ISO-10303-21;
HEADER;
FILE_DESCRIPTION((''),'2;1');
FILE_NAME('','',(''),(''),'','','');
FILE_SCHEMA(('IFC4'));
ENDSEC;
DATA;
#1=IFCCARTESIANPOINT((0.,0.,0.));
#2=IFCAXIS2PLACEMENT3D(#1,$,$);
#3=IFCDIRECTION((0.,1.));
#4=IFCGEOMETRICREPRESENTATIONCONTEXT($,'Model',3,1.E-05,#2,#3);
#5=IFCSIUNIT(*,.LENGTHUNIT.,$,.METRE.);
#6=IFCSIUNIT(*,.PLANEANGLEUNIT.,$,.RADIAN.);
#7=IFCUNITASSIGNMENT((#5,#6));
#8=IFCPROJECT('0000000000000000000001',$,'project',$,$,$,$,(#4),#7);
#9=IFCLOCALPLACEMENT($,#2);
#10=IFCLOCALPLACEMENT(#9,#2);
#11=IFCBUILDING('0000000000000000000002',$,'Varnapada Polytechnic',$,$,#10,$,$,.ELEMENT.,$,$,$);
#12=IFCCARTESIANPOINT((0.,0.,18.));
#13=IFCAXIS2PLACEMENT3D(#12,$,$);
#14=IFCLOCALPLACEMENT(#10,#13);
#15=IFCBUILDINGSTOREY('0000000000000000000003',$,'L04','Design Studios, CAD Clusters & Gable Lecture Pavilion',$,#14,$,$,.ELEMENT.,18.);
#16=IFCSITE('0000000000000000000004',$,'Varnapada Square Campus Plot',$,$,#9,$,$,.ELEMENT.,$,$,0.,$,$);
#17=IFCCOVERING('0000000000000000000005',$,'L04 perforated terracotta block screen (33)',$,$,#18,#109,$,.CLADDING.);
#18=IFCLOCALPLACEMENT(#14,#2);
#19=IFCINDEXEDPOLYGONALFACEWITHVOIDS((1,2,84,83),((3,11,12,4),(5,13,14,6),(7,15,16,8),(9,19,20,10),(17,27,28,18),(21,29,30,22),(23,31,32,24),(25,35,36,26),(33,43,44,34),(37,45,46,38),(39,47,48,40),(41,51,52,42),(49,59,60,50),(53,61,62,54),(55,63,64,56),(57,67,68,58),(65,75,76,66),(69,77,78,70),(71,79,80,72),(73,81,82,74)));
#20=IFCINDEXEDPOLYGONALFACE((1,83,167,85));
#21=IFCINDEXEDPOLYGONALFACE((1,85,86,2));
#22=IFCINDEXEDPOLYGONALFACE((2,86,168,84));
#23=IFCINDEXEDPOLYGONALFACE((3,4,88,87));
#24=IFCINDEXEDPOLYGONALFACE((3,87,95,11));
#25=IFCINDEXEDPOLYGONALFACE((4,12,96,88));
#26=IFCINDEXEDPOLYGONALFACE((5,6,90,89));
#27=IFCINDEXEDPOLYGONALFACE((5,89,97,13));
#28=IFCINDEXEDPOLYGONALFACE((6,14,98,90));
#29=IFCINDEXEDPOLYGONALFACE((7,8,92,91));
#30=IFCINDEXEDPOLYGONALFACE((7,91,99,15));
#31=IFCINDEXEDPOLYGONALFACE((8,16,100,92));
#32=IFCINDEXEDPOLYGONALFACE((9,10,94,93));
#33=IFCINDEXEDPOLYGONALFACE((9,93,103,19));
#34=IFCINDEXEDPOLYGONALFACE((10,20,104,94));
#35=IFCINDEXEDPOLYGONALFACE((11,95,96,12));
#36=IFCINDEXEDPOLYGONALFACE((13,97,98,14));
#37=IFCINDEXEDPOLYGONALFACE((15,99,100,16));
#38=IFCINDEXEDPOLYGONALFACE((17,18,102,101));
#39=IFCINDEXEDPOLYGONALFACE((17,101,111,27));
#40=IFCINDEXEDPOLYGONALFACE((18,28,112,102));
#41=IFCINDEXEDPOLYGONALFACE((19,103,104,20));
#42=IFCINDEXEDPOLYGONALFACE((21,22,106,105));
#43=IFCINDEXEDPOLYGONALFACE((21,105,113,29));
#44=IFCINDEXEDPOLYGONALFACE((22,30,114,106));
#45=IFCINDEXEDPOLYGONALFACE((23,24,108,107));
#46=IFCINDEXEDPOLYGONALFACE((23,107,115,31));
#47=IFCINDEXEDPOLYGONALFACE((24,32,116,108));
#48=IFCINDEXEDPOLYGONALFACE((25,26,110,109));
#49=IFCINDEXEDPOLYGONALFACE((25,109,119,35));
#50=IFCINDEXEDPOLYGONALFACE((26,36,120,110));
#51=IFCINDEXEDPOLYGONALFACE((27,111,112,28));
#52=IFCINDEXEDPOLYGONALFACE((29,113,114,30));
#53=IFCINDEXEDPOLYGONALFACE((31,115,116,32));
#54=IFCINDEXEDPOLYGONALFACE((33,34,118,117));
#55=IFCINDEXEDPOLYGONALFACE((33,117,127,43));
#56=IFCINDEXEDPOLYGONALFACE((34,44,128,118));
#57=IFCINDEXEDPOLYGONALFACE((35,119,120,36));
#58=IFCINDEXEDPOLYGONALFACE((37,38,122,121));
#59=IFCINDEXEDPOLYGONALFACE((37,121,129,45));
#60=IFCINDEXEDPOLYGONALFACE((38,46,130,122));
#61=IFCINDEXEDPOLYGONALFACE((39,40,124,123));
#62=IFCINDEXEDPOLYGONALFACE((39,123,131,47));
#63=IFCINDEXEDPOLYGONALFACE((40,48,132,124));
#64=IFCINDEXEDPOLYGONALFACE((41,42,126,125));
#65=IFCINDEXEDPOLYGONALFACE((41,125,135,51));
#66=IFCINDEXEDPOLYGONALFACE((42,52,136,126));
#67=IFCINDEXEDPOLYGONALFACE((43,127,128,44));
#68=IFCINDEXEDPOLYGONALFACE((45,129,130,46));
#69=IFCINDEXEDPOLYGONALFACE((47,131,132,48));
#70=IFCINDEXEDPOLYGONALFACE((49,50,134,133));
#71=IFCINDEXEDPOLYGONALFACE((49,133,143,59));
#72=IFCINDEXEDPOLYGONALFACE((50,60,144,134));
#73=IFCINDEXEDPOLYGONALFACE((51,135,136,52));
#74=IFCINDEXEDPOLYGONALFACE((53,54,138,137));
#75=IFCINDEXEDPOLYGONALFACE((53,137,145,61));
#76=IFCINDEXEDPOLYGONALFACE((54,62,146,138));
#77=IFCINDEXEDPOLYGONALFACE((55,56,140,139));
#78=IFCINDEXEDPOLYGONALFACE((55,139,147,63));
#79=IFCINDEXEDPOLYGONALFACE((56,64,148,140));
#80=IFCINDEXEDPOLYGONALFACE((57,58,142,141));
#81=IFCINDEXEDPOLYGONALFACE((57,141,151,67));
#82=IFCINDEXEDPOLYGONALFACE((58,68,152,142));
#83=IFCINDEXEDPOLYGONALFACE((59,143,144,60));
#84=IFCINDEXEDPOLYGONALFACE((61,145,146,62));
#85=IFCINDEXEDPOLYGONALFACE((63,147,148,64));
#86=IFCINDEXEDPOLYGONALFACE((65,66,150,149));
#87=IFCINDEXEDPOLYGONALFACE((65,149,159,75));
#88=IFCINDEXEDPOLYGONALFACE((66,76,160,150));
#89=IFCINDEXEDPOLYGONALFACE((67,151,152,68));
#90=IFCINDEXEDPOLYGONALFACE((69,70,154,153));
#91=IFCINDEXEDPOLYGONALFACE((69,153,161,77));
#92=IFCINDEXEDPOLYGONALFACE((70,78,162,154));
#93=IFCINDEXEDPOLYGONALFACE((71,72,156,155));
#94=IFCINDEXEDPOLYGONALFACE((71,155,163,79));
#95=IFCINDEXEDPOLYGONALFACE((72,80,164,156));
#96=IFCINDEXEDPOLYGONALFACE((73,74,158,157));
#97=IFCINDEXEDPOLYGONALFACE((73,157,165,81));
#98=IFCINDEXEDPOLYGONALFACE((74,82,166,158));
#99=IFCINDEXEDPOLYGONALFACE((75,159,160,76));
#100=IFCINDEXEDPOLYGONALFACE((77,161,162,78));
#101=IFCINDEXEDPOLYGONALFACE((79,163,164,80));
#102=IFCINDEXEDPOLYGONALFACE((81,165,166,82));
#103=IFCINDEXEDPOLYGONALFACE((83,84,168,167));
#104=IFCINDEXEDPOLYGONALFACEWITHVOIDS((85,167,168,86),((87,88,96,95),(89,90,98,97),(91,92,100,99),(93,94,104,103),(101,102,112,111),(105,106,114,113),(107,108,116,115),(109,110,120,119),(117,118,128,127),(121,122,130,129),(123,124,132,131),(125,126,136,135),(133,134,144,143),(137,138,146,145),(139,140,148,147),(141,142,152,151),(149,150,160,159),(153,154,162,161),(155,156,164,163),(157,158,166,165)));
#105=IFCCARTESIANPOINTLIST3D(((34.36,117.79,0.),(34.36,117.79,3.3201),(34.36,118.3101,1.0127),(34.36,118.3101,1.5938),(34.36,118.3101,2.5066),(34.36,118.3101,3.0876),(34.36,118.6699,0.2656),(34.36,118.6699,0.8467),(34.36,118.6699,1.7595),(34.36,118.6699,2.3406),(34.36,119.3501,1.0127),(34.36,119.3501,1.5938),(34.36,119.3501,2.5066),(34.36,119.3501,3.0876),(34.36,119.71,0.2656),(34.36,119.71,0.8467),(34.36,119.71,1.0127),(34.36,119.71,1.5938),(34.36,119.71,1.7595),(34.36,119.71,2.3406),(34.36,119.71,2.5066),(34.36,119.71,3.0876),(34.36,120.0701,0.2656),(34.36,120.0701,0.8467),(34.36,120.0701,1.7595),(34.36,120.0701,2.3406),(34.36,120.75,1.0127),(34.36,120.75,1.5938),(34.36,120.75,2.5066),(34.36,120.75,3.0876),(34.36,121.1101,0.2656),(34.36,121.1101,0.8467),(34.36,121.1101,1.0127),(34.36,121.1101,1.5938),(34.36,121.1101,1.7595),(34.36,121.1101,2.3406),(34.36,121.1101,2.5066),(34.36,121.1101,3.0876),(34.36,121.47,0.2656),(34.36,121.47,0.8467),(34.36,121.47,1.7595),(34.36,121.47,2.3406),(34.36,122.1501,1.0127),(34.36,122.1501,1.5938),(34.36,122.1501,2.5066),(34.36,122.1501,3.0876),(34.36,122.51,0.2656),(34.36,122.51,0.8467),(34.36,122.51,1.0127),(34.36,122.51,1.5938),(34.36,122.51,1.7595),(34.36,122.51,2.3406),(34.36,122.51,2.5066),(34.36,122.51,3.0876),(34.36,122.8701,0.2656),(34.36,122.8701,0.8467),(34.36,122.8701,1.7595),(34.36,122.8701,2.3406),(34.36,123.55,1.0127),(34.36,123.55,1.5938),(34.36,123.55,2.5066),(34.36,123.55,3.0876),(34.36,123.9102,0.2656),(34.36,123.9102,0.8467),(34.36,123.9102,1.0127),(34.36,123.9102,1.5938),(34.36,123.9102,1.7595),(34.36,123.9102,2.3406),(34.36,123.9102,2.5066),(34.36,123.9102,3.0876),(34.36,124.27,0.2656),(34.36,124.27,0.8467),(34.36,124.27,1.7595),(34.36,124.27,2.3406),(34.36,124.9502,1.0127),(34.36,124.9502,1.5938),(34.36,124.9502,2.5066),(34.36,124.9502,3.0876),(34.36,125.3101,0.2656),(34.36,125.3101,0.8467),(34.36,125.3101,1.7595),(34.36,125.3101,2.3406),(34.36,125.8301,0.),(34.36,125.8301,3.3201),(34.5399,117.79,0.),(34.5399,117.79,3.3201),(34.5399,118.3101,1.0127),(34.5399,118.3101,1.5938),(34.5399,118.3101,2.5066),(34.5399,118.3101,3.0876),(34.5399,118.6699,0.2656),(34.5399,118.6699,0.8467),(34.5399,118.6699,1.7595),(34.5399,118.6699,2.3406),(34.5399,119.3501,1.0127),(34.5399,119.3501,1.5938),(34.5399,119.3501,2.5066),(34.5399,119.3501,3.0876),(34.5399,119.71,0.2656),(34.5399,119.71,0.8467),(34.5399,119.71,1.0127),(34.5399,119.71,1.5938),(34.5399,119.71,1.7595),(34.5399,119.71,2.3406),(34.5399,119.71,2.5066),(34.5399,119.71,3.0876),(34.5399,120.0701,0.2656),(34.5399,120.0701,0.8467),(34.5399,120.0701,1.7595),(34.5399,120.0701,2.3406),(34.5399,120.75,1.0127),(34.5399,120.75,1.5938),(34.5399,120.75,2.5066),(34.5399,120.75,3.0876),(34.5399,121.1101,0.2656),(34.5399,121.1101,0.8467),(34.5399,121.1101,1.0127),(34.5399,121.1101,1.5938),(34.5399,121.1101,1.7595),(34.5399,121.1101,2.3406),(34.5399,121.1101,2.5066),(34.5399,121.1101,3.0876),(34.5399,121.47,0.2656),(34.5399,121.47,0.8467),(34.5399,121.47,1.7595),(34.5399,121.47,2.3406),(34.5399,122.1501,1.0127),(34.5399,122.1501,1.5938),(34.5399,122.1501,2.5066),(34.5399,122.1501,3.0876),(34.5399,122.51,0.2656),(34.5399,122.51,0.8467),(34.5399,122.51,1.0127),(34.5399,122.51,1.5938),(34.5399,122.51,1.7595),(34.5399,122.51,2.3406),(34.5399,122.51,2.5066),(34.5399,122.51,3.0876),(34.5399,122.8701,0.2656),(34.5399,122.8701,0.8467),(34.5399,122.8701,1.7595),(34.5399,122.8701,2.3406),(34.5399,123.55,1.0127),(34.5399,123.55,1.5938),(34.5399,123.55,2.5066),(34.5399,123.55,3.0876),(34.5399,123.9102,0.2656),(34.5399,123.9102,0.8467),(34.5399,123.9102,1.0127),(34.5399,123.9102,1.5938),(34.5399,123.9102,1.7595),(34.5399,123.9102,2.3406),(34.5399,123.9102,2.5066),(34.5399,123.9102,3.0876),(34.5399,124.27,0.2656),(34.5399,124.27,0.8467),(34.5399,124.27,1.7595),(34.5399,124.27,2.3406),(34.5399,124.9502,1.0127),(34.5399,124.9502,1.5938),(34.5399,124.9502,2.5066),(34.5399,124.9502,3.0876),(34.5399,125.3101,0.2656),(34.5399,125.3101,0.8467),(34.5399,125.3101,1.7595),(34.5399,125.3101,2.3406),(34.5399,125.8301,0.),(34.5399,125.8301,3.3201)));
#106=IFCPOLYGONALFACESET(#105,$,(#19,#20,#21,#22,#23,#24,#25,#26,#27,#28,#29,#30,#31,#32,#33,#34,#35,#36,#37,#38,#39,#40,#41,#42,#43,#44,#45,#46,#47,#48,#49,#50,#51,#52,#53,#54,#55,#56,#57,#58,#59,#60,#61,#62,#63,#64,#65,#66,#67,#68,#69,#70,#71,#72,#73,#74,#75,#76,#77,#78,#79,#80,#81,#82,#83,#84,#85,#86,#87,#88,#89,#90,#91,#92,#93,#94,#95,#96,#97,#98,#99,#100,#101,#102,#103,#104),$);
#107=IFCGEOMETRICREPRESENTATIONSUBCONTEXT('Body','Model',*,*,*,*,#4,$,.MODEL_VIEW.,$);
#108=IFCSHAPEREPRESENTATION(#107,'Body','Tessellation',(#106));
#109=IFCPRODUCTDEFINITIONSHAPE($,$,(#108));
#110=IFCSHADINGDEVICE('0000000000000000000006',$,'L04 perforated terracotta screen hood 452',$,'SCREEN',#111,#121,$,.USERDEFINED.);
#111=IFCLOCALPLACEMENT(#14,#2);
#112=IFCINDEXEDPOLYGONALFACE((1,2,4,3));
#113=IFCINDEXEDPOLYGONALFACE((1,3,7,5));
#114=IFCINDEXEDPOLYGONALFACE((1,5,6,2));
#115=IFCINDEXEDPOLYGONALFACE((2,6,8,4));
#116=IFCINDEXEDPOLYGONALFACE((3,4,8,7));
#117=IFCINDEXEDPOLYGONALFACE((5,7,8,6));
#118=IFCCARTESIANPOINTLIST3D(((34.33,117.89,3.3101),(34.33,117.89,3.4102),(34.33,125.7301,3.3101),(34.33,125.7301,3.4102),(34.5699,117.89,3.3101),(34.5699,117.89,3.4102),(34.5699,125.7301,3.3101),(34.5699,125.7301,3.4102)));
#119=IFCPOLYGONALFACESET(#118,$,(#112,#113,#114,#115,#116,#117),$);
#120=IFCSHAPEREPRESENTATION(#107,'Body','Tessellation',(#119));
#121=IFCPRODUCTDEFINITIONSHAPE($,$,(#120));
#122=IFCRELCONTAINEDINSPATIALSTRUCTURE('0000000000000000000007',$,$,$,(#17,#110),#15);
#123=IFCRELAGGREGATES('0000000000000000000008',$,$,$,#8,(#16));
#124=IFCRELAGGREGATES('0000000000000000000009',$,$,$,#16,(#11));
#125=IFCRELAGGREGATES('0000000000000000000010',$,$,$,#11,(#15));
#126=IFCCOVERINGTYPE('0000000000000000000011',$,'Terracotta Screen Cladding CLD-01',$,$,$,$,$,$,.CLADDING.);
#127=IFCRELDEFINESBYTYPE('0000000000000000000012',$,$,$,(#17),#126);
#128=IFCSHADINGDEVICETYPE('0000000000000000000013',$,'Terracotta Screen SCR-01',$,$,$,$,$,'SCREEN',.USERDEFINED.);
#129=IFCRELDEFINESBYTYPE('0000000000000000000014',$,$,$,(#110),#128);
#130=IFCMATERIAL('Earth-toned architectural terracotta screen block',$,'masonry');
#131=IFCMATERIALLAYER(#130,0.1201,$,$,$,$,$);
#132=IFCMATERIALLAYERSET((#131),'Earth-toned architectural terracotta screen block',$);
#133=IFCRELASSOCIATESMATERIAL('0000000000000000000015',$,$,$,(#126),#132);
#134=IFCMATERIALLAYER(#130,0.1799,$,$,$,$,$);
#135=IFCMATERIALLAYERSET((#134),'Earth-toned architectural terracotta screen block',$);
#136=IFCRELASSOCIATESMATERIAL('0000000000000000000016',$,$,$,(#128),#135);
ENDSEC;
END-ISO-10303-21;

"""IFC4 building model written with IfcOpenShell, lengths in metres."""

from ifc_helpers import new_model, si_unit, direction, frame, frame_2d, origin, origin_2d, place, context, subcontext, project, spatial, rectangle, extrude, material, layer, layer_set, type_object, element, save


model = new_model("IFC4")

# Units and contexts
model_context = context("Model", 3, precision=1e-05, world=origin(), true_north=direction((0.0, 1.0)))
body_context = subcontext(model_context, "Body", "Model", "MODEL_VIEW")
ifc_project = project(units=[si_unit("LENGTHUNIT", "METRE"), si_unit("PLANEANGLEUNIT", "RADIAN")], contexts=[model_context])

# Site, building, storey
site_placement = place(None, origin())
site = spatial("IfcSite", under=ifc_project, at=site_placement, Name="Varnapada Square Campus Plot", CompositionType="ELEMENT", RefElevation=0.0)
building_placement = place(site_placement, origin())
building = spatial("IfcBuilding", under=site, at=building_placement, Name="Varnapada Polytechnic", CompositionType="ELEMENT")
storey_placement = place(building_placement, frame((0.0, 0.0, 18.0)))
storey = spatial("IfcBuildingStorey", under=building, at=storey_placement, Name="L04", Description="Design Studios, CAD Clusters & Gable Lecture Pavilion", CompositionType="ELEMENT", Elevation=18.0)

# Covering, openings
ifc_material_1 = material(Name="Earth-toned architectural terracotta screen block", Category="masonry")
ifc_layer_1 = layer(ifc_material_1, 0.1201)
ifc_layer_set_1 = layer_set([ifc_layer_1], Name="Earth-toned architectural terracotta screen block")
covering_type = type_object("IfcCoveringType", Name="Terracotta Screen Cladding CLD-01", PredefinedType="CLADDING", material=ifc_layer_set_1)
covering_placement = place(storey_placement, frame((34.45, 125.8301, 0.0), z_axis=(0.0, 0.0, 1.0), x_axis=(0.0, -1.0, 0.0)))
covering = element("IfcCovering", 1, at=covering_placement, inside=storey, type_object=covering_type, Name="L04 perforated terracotta block screen (33)", PredefinedType="CLADDING", context=body_context, shape_type="SweptSolid", body=[
    extrude(rectangle(XDim=8.04, YDim=0.1799, at=frame_2d((4.02, 0.0))), origin(), (0.0, 0.0, 1.0), 3.3201),
])
opening_1_placement = place(covering_placement, frame((0.52, 0.0, 0.2656)))
element("IfcOpeningElement", 2, at=opening_1_placement, cuts=covering, PredefinedType="OPENING", context=body_context, shape_type="SweptSolid", body=[
    extrude(rectangle(XDim=1.04, YDim=0.5811, at=frame_2d((0.52, 0.2905))), frame((0.0, 0.0999, 0.0), z_axis=(0.0, -1.0, 0.0), x_axis=(1.0, 0.0, 0.0)), (0.0, 0.0, 1.0), 0.2),
])
opening_2_placement = place(covering_placement, frame((1.9199, 0.0, 0.2656)))
element("IfcOpeningElement", 3, at=opening_2_placement, cuts=covering, PredefinedType="OPENING", context=body_context, shape_type="SweptSolid", body=[
    extrude(rectangle(XDim=1.04, YDim=0.5811, at=frame_2d((0.52, 0.2905))), frame((0.0, 0.0999, 0.0), z_axis=(0.0, -1.0, 0.0), x_axis=(1.0, 0.0, 0.0)), (0.0, 0.0, 1.0), 0.2),
])
opening_3_placement = place(covering_placement, frame((3.3201, 0.0, 0.2656)))
element("IfcOpeningElement", 4, at=opening_3_placement, cuts=covering, PredefinedType="OPENING", context=body_context, shape_type="SweptSolid", body=[
    extrude(rectangle(XDim=1.04, YDim=0.5811, at=frame_2d((0.52, 0.2905))), frame((0.0, 0.0999, 0.0), z_axis=(0.0, -1.0, 0.0), x_axis=(1.0, 0.0, 0.0)), (0.0, 0.0, 1.0), 0.2),
])
opening_4_placement = place(covering_placement, frame((4.72, 0.0, 0.2656)))
element("IfcOpeningElement", 5, at=opening_4_placement, cuts=covering, PredefinedType="OPENING", context=body_context, shape_type="SweptSolid", body=[
    extrude(rectangle(XDim=1.04, YDim=0.5811, at=frame_2d((0.52, 0.2905))), frame((0.0, 0.0999, 0.0), z_axis=(0.0, -1.0, 0.0), x_axis=(1.0, 0.0, 0.0)), (0.0, 0.0, 1.0), 0.2),
])
opening_5_placement = place(covering_placement, frame((6.1201, 0.0, 0.2656)))
element("IfcOpeningElement", 6, at=opening_5_placement, cuts=covering, PredefinedType="OPENING", context=body_context, shape_type="SweptSolid", body=[
    extrude(rectangle(XDim=1.04, YDim=0.5811, at=frame_2d((0.52, 0.2905))), frame((0.0, 0.0999, 0.0), z_axis=(0.0, -1.0, 0.0), x_axis=(1.0, 0.0, 0.0)), (0.0, 0.0, 1.0), 0.2),
])
opening_6_placement = place(covering_placement, frame((0.8799, 0.0, 1.0127)))
element("IfcOpeningElement", 7, at=opening_6_placement, cuts=covering, PredefinedType="OPENING", context=body_context, shape_type="SweptSolid", body=[
    extrude(rectangle(XDim=1.04, YDim=0.5811, at=frame_2d((0.52, 0.2905))), frame((0.0, 0.0999, 0.0), z_axis=(0.0, -1.0, 0.0), x_axis=(1.0, 0.0, 0.0)), (0.0, 0.0, 1.0), 0.2),
])
opening_7_placement = place(covering_placement, frame((2.28, 0.0, 1.0127)))
element("IfcOpeningElement", 8, at=opening_7_placement, cuts=covering, PredefinedType="OPENING", context=body_context, shape_type="SweptSolid", body=[
    extrude(rectangle(XDim=1.04, YDim=0.5811, at=frame_2d((0.52, 0.2905))), frame((0.0, 0.0999, 0.0), z_axis=(0.0, -1.0, 0.0), x_axis=(1.0, 0.0, 0.0)), (0.0, 0.0, 1.0), 0.2),
])
opening_8_placement = place(covering_placement, frame((3.6799, 0.0, 1.0127)))
element("IfcOpeningElement", 9, at=opening_8_placement, cuts=covering, PredefinedType="OPENING", context=body_context, shape_type="SweptSolid", body=[
    extrude(rectangle(XDim=1.04, YDim=0.5811, at=frame_2d((0.52, 0.2905))), frame((0.0, 0.0999, 0.0), z_axis=(0.0, -1.0, 0.0), x_axis=(1.0, 0.0, 0.0)), (0.0, 0.0, 1.0), 0.2),
])
opening_9_placement = place(covering_placement, frame((5.0801, 0.0, 1.0127)))
element("IfcOpeningElement", 10, at=opening_9_placement, cuts=covering, PredefinedType="OPENING", context=body_context, shape_type="SweptSolid", body=[
    extrude(rectangle(XDim=1.04, YDim=0.5811, at=frame_2d((0.52, 0.2905))), frame((0.0, 0.0999, 0.0), z_axis=(0.0, -1.0, 0.0), x_axis=(1.0, 0.0, 0.0)), (0.0, 0.0, 1.0), 0.2),
])
opening_10_placement = place(covering_placement, frame((6.48, 0.0, 1.0127)))
element("IfcOpeningElement", 11, at=opening_10_placement, cuts=covering, PredefinedType="OPENING", context=body_context, shape_type="SweptSolid", body=[
    extrude(rectangle(XDim=1.04, YDim=0.5811, at=frame_2d((0.52, 0.2905))), frame((0.0, 0.0999, 0.0), z_axis=(0.0, -1.0, 0.0), x_axis=(1.0, 0.0, 0.0)), (0.0, 0.0, 1.0), 0.2),
])
opening_11_placement = place(covering_placement, frame((0.52, 0.0, 1.7595)))
element("IfcOpeningElement", 12, at=opening_11_placement, cuts=covering, PredefinedType="OPENING", context=body_context, shape_type="SweptSolid", body=[
    extrude(rectangle(XDim=1.04, YDim=0.5811, at=frame_2d((0.52, 0.2905))), frame((0.0, 0.0999, 0.0), z_axis=(0.0, -1.0, 0.0), x_axis=(1.0, 0.0, 0.0)), (0.0, 0.0, 1.0), 0.2),
])
opening_12_placement = place(covering_placement, frame((1.9199, 0.0, 1.7595)))
element("IfcOpeningElement", 13, at=opening_12_placement, cuts=covering, PredefinedType="OPENING", context=body_context, shape_type="SweptSolid", body=[
    extrude(rectangle(XDim=1.04, YDim=0.5811, at=frame_2d((0.52, 0.2905))), frame((0.0, 0.0999, 0.0), z_axis=(0.0, -1.0, 0.0), x_axis=(1.0, 0.0, 0.0)), (0.0, 0.0, 1.0), 0.2),
])
opening_13_placement = place(covering_placement, frame((3.3201, 0.0, 1.7595)))
element("IfcOpeningElement", 14, at=opening_13_placement, cuts=covering, PredefinedType="OPENING", context=body_context, shape_type="SweptSolid", body=[
    extrude(rectangle(XDim=1.04, YDim=0.5811, at=frame_2d((0.52, 0.2905))), frame((0.0, 0.0999, 0.0), z_axis=(0.0, -1.0, 0.0), x_axis=(1.0, 0.0, 0.0)), (0.0, 0.0, 1.0), 0.2),
])
opening_14_placement = place(covering_placement, frame((4.72, 0.0, 1.7595)))
element("IfcOpeningElement", 15, at=opening_14_placement, cuts=covering, PredefinedType="OPENING", context=body_context, shape_type="SweptSolid", body=[
    extrude(rectangle(XDim=1.04, YDim=0.5811, at=frame_2d((0.52, 0.2905))), frame((0.0, 0.0999, 0.0), z_axis=(0.0, -1.0, 0.0), x_axis=(1.0, 0.0, 0.0)), (0.0, 0.0, 1.0), 0.2),
])
opening_15_placement = place(covering_placement, frame((6.1201, 0.0, 1.7595)))
element("IfcOpeningElement", 16, at=opening_15_placement, cuts=covering, PredefinedType="OPENING", context=body_context, shape_type="SweptSolid", body=[
    extrude(rectangle(XDim=1.04, YDim=0.5811, at=frame_2d((0.52, 0.2905))), frame((0.0, 0.0999, 0.0), z_axis=(0.0, -1.0, 0.0), x_axis=(1.0, 0.0, 0.0)), (0.0, 0.0, 1.0), 0.2),
])
opening_16_placement = place(covering_placement, frame((0.8799, 0.0, 2.5066)))
element("IfcOpeningElement", 17, at=opening_16_placement, cuts=covering, PredefinedType="OPENING", context=body_context, shape_type="SweptSolid", body=[
    extrude(rectangle(XDim=1.04, YDim=0.5811, at=frame_2d((0.52, 0.2905))), frame((0.0, 0.0999, 0.0), z_axis=(0.0, -1.0, 0.0), x_axis=(1.0, 0.0, 0.0)), (0.0, 0.0, 1.0), 0.2),
])
opening_17_placement = place(covering_placement, frame((2.28, 0.0, 2.5066)))
element("IfcOpeningElement", 18, at=opening_17_placement, cuts=covering, PredefinedType="OPENING", context=body_context, shape_type="SweptSolid", body=[
    extrude(rectangle(XDim=1.04, YDim=0.5811, at=frame_2d((0.52, 0.2905))), frame((0.0, 0.0999, 0.0), z_axis=(0.0, -1.0, 0.0), x_axis=(1.0, 0.0, 0.0)), (0.0, 0.0, 1.0), 0.2),
])
opening_18_placement = place(covering_placement, frame((3.6799, 0.0, 2.5066)))
element("IfcOpeningElement", 19, at=opening_18_placement, cuts=covering, PredefinedType="OPENING", context=body_context, shape_type="SweptSolid", body=[
    extrude(rectangle(XDim=1.04, YDim=0.5811, at=frame_2d((0.52, 0.2905))), frame((0.0, 0.0999, 0.0), z_axis=(0.0, -1.0, 0.0), x_axis=(1.0, 0.0, 0.0)), (0.0, 0.0, 1.0), 0.2),
])
opening_19_placement = place(covering_placement, frame((5.0801, 0.0, 2.5066)))
element("IfcOpeningElement", 20, at=opening_19_placement, cuts=covering, PredefinedType="OPENING", context=body_context, shape_type="SweptSolid", body=[
    extrude(rectangle(XDim=1.04, YDim=0.5811, at=frame_2d((0.52, 0.2905))), frame((0.0, 0.0999, 0.0), z_axis=(0.0, -1.0, 0.0), x_axis=(1.0, 0.0, 0.0)), (0.0, 0.0, 1.0), 0.2),
])
opening_20_placement = place(covering_placement, frame((6.48, 0.0, 2.5066)))
element("IfcOpeningElement", 21, at=opening_20_placement, cuts=covering, PredefinedType="OPENING", context=body_context, shape_type="SweptSolid", body=[
    extrude(rectangle(XDim=1.04, YDim=0.5811, at=frame_2d((0.52, 0.2905))), frame((0.0, 0.0999, 0.0), z_axis=(0.0, -1.0, 0.0), x_axis=(1.0, 0.0, 0.0)), (0.0, 0.0, 1.0), 0.2),
])

# Shading device
ifc_layer_2 = layer(ifc_material_1, 0.1799)
ifc_layer_set_2 = layer_set([ifc_layer_2], Name="Earth-toned architectural terracotta screen block")
shading_device_type = type_object("IfcShadingDeviceType", Name="Terracotta Screen SCR-01", ElementType="SCREEN", PredefinedType="USERDEFINED", material=ifc_layer_set_2)
shading_device_placement = place(storey_placement, frame((34.45, 121.8101, 3.3101), z_axis=(0.0, 0.0, 1.0), x_axis=(0.0, -1.0, 0.0)))
element("IfcShadingDevice", 22, at=shading_device_placement, inside=storey, type_object=shading_device_type, Name="L04 perforated terracotta screen hood 452", ObjectType="SCREEN", PredefinedType="USERDEFINED", context=body_context, shape_type="SweptSolid", body=[
    extrude(rectangle(XDim=7.8401, YDim=0.24, at=origin_2d()), origin(), (0.0, 0.0, 1.0), 0.1001),
])

save(model, "model.ifc")
